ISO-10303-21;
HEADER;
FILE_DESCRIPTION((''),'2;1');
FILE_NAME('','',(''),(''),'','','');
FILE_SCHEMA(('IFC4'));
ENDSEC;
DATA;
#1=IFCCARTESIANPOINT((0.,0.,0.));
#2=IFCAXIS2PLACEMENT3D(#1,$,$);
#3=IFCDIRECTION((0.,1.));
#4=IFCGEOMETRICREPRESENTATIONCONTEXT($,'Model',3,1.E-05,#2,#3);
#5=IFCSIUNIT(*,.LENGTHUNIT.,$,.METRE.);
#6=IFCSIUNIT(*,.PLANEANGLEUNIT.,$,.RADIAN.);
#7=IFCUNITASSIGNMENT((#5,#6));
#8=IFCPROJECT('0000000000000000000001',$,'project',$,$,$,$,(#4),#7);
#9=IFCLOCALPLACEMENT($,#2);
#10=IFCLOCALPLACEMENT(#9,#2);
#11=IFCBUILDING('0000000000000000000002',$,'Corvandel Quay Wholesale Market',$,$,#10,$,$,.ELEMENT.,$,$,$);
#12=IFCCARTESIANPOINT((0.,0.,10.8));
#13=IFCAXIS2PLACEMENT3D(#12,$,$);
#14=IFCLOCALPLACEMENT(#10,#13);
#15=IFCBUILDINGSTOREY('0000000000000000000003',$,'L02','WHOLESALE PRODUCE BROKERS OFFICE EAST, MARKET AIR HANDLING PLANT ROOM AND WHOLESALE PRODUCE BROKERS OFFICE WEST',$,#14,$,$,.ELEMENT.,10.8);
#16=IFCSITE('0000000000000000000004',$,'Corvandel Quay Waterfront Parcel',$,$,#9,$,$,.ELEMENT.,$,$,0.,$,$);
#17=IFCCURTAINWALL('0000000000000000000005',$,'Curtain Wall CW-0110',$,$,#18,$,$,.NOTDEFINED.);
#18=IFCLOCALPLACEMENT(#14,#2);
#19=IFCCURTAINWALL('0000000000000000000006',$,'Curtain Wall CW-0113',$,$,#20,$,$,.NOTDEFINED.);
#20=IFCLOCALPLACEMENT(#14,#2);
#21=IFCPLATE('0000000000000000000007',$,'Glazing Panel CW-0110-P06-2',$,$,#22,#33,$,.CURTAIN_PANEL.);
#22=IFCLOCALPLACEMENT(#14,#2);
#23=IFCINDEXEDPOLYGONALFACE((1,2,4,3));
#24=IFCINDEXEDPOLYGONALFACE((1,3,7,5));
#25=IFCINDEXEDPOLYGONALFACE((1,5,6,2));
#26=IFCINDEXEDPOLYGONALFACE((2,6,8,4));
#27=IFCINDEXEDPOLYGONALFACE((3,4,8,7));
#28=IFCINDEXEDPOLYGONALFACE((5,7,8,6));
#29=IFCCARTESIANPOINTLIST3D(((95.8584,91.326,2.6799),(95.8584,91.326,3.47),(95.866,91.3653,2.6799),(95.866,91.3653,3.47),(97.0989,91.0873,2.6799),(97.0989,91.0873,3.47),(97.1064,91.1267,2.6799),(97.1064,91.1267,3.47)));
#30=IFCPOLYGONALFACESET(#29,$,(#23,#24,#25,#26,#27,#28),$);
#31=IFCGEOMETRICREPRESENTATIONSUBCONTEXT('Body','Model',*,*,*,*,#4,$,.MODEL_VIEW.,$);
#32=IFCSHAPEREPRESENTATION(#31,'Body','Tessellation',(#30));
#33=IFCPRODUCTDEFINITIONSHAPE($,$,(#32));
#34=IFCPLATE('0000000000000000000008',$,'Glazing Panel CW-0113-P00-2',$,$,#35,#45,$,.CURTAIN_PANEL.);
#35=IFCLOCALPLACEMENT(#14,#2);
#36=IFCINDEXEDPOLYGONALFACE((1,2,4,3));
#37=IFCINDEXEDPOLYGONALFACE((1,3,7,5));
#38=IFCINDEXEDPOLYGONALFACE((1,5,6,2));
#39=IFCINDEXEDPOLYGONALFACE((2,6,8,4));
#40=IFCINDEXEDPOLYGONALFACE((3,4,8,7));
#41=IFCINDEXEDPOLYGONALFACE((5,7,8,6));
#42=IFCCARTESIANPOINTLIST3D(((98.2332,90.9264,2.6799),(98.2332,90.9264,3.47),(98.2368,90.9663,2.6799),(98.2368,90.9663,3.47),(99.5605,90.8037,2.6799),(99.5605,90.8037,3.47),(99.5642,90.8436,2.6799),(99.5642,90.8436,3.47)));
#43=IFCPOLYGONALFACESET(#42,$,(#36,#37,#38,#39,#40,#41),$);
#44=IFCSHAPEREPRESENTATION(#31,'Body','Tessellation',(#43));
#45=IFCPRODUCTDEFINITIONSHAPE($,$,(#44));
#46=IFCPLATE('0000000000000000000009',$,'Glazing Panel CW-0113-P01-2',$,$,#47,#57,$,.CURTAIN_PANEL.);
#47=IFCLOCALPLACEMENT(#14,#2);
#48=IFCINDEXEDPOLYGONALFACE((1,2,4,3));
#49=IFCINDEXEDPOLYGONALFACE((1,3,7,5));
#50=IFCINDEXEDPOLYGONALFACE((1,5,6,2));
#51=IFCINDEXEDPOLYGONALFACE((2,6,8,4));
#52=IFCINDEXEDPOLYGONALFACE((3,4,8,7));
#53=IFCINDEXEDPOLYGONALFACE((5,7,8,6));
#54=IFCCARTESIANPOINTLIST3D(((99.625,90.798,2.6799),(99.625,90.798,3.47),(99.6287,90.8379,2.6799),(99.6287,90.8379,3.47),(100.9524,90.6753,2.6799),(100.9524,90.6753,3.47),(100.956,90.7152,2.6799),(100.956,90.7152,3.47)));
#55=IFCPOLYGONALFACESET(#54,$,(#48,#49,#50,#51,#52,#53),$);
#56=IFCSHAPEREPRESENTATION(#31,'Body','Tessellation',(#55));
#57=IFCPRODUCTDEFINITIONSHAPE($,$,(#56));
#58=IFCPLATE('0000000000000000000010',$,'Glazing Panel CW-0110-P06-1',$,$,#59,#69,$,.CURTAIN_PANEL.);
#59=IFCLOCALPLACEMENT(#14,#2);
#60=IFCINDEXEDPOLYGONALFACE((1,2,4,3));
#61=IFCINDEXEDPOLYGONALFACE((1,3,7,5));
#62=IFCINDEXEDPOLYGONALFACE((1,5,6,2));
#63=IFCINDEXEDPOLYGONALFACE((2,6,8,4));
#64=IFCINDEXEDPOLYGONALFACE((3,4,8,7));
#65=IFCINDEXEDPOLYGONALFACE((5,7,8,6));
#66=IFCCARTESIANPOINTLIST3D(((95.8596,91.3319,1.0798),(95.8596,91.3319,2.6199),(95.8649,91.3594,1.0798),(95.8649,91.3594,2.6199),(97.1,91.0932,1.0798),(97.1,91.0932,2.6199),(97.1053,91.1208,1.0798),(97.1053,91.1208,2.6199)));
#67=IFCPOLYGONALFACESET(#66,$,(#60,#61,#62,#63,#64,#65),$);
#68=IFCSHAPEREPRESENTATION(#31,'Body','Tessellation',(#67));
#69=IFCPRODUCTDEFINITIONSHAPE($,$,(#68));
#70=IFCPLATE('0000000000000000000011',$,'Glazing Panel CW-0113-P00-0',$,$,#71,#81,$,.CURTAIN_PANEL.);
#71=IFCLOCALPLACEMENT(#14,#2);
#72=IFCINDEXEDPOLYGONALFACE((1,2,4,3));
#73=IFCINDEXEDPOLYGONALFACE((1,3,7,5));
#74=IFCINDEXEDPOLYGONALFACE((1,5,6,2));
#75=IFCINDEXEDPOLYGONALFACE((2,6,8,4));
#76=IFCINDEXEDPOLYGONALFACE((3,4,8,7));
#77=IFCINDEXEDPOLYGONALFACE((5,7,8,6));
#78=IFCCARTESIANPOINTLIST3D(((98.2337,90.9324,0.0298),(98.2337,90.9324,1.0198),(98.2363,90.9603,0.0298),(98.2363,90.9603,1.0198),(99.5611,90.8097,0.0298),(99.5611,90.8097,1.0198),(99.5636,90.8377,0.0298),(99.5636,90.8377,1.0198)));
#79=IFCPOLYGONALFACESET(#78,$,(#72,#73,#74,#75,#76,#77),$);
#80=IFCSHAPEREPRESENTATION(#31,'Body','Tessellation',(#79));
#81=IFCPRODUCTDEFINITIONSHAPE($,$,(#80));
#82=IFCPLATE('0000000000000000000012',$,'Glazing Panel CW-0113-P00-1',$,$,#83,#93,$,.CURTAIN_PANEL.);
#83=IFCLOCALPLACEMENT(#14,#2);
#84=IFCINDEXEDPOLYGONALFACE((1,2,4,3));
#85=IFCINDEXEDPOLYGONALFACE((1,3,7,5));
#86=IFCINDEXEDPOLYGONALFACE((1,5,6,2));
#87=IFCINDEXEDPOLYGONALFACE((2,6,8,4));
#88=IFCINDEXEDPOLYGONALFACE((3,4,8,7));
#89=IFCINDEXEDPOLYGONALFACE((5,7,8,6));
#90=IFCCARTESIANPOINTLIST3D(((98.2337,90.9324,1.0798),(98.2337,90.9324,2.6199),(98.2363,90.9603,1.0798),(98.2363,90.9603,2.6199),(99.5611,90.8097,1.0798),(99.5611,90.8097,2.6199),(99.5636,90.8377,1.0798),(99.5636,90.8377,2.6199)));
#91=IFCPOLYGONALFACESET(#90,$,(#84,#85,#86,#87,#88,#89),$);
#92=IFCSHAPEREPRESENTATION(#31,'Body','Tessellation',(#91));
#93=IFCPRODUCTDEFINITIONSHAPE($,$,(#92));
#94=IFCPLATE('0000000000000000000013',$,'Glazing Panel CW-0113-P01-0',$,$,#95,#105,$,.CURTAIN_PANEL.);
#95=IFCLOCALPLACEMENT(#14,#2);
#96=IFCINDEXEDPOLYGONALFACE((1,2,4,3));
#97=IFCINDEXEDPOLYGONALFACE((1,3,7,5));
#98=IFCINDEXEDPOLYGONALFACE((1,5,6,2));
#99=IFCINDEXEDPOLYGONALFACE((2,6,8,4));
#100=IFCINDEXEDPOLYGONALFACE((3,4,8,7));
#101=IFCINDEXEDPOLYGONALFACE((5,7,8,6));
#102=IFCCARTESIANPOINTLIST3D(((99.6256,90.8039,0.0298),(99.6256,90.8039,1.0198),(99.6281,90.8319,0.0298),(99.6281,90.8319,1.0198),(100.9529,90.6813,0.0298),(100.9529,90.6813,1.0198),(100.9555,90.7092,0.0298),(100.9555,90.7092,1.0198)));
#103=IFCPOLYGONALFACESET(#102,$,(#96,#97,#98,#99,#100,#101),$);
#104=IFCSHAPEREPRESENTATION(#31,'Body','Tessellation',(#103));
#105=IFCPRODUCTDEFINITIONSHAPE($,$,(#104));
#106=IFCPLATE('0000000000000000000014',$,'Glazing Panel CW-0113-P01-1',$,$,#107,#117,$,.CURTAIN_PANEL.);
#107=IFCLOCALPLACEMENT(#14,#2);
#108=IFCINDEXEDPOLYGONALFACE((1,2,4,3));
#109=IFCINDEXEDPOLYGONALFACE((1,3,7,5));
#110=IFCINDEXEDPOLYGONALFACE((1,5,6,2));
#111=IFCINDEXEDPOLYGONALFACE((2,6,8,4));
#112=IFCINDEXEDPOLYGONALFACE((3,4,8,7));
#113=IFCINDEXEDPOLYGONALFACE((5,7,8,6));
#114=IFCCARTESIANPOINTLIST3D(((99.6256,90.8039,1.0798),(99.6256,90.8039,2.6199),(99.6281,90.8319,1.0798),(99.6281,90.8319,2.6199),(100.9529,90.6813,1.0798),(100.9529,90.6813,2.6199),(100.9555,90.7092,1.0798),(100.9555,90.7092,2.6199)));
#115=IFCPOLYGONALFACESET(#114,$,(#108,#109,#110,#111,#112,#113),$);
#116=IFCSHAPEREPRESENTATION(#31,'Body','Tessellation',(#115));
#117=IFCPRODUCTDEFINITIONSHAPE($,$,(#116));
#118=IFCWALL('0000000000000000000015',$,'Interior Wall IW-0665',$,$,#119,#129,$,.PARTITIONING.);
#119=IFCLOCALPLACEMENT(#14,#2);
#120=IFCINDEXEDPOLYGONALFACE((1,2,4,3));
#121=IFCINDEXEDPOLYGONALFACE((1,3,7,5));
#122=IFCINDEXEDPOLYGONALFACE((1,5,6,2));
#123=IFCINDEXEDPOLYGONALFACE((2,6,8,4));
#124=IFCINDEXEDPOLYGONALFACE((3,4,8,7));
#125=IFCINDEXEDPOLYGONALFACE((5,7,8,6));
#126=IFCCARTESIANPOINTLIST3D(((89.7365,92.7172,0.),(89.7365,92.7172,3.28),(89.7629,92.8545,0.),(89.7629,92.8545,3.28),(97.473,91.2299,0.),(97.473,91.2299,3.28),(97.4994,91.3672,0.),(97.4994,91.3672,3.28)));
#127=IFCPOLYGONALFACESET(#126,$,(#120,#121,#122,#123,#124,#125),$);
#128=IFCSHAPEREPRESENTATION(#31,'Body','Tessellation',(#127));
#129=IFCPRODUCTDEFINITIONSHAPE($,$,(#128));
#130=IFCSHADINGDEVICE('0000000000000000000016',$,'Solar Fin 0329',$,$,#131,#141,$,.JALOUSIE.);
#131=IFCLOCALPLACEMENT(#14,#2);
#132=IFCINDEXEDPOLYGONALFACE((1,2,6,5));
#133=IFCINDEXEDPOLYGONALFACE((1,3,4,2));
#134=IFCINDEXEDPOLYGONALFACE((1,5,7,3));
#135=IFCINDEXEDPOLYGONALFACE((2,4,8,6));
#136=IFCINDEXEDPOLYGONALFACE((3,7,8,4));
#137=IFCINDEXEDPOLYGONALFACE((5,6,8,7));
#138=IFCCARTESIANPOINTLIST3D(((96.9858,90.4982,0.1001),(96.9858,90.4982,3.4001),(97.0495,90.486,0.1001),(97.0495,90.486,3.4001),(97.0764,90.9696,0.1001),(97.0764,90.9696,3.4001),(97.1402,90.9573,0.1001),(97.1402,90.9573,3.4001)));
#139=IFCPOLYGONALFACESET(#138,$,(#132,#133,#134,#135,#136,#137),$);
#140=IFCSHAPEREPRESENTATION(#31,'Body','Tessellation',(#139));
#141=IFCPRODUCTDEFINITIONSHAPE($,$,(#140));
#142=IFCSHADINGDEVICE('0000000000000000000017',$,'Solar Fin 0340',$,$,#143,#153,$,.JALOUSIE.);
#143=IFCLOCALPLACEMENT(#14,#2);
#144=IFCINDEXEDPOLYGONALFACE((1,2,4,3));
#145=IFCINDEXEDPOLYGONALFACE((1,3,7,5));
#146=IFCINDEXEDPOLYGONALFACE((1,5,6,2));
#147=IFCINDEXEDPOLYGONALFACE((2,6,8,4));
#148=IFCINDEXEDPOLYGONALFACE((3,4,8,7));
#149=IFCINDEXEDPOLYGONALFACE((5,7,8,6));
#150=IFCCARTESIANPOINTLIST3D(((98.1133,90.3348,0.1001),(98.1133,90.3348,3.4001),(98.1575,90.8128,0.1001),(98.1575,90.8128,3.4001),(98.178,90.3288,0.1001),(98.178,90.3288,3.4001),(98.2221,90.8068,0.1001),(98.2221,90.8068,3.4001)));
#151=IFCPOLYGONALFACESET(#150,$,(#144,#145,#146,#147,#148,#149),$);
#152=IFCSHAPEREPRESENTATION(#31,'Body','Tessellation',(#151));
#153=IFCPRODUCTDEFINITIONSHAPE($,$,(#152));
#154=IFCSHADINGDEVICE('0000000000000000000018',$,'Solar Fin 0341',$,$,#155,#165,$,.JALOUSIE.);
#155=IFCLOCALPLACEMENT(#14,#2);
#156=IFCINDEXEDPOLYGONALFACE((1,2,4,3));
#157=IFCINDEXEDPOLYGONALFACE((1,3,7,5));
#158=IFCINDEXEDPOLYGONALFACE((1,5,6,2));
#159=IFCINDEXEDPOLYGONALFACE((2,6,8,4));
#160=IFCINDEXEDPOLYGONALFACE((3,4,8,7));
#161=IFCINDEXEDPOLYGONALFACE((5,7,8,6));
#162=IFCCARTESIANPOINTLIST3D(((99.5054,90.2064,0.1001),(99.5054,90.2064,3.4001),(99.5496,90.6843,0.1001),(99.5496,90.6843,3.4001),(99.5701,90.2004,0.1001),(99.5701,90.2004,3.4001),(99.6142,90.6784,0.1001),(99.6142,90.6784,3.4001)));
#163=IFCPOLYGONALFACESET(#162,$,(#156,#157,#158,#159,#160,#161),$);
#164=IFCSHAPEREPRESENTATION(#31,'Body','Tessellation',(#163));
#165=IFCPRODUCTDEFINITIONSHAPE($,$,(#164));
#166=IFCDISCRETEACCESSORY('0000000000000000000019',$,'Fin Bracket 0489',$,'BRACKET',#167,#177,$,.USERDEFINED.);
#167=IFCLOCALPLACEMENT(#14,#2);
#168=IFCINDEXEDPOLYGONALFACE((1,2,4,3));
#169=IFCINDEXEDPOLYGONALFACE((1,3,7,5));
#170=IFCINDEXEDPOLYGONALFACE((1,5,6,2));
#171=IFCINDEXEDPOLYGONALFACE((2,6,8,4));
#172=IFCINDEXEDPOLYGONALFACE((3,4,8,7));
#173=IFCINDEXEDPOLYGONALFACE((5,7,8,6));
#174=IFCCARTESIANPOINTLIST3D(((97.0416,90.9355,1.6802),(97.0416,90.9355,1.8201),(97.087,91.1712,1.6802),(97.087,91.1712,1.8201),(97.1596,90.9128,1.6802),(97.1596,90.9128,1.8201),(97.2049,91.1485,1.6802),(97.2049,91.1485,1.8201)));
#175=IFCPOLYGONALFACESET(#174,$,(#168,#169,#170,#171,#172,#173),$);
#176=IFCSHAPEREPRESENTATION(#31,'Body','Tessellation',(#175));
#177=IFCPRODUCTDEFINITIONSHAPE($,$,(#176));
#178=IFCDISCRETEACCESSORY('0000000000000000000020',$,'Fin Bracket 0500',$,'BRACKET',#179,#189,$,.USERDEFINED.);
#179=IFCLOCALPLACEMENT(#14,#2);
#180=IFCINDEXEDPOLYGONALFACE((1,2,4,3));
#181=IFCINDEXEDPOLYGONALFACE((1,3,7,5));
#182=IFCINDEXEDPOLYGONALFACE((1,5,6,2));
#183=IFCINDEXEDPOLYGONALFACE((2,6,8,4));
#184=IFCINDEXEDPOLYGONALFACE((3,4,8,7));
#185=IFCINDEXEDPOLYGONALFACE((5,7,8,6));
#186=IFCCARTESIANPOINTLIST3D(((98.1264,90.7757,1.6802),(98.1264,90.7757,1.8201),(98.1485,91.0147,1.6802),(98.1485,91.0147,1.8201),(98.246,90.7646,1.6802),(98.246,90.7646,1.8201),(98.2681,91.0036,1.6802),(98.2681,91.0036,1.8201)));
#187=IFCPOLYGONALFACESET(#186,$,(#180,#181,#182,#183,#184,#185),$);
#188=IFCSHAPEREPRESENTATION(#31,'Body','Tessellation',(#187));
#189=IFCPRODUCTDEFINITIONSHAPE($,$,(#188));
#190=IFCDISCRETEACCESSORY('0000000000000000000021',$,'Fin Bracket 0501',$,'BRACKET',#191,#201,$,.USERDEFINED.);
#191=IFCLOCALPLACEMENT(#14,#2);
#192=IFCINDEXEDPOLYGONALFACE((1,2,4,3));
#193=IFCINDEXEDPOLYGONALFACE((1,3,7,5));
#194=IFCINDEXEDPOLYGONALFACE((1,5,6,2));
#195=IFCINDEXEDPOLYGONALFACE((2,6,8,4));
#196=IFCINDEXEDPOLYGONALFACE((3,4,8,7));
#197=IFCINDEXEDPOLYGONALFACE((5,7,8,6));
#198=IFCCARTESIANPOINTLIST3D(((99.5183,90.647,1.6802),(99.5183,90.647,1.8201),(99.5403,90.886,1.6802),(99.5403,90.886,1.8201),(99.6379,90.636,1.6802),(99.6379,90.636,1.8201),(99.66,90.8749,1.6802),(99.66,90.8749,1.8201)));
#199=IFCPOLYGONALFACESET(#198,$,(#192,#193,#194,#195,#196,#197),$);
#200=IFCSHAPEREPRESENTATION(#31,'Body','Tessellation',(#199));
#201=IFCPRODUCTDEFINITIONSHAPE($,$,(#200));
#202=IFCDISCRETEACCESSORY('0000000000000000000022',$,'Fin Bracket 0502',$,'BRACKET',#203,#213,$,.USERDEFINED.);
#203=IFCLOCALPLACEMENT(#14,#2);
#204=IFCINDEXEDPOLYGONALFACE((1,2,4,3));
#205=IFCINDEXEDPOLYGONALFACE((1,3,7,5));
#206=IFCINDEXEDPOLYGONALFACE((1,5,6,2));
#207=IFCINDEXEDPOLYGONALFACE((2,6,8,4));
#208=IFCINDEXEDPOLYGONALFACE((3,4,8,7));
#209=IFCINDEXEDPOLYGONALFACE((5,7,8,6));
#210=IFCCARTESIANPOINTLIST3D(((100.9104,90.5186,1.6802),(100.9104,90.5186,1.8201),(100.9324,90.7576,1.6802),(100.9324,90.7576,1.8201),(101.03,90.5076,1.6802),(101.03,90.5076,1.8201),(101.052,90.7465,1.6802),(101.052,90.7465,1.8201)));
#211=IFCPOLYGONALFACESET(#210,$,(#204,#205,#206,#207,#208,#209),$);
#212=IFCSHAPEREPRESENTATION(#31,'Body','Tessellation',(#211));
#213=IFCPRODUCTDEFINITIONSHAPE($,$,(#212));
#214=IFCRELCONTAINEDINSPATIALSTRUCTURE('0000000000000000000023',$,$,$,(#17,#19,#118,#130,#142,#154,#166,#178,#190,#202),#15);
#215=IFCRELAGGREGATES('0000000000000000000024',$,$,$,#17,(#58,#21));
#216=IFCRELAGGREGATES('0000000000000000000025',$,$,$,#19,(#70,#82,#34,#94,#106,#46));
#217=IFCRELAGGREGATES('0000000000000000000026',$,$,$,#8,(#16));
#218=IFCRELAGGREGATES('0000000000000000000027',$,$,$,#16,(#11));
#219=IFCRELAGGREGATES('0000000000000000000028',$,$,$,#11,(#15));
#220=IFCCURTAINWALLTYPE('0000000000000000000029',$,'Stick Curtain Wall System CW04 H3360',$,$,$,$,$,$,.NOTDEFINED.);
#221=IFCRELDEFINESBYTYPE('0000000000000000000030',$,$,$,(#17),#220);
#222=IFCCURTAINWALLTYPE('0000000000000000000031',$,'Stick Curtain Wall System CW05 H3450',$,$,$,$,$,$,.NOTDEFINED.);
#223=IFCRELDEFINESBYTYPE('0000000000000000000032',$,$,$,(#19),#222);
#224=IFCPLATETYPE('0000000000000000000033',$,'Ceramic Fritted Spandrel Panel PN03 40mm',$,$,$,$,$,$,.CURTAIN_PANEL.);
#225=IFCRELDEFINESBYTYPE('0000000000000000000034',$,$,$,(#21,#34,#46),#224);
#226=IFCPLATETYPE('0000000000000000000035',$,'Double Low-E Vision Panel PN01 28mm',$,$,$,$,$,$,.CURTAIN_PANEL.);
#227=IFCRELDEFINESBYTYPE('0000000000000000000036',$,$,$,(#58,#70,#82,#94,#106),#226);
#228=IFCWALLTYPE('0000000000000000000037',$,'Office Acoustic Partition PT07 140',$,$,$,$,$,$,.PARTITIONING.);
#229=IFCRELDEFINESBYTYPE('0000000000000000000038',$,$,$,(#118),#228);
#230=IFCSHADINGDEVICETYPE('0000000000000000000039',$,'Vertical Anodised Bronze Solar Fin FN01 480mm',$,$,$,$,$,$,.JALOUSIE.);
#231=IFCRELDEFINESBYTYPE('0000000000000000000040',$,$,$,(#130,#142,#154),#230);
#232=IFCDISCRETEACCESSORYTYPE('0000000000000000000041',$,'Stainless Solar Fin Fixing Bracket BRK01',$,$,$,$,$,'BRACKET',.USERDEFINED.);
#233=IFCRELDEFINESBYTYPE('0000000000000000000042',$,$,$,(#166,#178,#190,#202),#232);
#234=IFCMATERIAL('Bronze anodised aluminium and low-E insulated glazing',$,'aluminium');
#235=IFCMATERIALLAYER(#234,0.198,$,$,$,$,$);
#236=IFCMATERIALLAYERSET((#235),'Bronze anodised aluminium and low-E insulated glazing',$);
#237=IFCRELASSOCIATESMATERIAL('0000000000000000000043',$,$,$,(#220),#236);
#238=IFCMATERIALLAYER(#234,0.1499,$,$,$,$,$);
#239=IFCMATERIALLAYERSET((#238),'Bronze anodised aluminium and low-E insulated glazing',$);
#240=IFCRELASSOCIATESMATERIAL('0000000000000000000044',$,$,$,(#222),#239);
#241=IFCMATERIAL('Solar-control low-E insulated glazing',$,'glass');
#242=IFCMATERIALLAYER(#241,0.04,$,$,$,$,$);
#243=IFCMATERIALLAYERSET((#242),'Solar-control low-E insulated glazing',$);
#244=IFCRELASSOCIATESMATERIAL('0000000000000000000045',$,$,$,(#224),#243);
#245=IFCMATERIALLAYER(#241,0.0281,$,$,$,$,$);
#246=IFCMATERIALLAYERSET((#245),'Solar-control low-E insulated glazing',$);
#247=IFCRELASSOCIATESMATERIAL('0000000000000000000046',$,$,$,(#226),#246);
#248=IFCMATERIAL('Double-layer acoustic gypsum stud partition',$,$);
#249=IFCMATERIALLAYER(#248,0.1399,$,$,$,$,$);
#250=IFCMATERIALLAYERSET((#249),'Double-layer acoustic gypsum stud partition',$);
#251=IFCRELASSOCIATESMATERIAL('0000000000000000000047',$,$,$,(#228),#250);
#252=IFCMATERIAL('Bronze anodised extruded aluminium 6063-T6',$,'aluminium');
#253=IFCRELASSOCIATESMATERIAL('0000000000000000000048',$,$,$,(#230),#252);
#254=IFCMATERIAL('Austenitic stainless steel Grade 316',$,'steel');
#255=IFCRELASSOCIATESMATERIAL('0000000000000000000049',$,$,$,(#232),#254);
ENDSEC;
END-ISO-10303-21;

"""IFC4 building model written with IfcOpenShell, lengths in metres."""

from ifc_helpers import new_model, si_unit, direction, frame, frame_2d, origin, origin_2d, place, context, subcontext, project, spatial, rectangle, extrude, material, layer, layer_set, type_object, element, aggregate, save


model = new_model("IFC4")

# Units and contexts
model_context = context("Model", 3, precision=1e-05, world=origin(), true_north=direction((0.0, 1.0)))
body_context = subcontext(model_context, "Body", "Model", "MODEL_VIEW")
ifc_project = project(units=[si_unit("LENGTHUNIT", "METRE"), si_unit("PLANEANGLEUNIT", "RADIAN")], contexts=[model_context])

# Site, building, storey
site_placement = place(None, origin())
site = spatial("IfcSite", under=ifc_project, at=site_placement, Name="Corvandel Quay Waterfront Parcel", CompositionType="ELEMENT", RefElevation=0.0)
building_placement = place(site_placement, origin())
building = spatial("IfcBuilding", under=site, at=building_placement, Name="Corvandel Quay Wholesale Market", CompositionType="ELEMENT")
storey_placement = place(building_placement, frame((0.0, 0.0, 10.8)))
storey = spatial("IfcBuildingStorey", under=building, at=storey_placement, Name="L02", Description="WHOLESALE PRODUCE BROKERS OFFICE EAST, MARKET AIR HANDLING PLANT ROOM AND WHOLESALE PRODUCE BROKERS OFFICE WEST", CompositionType="ELEMENT", Elevation=10.8)

# Curtain wall
ifc_material_1 = material(Name="Bronze anodised aluminium and low-E insulated glazing", Category="aluminium")
ifc_layer_1 = layer(ifc_material_1, 0.198)
ifc_layer_set_1 = layer_set([ifc_layer_1], Name="Bronze anodised aluminium and low-E insulated glazing")
curtain_wall_type_1 = type_object("IfcCurtainWallType", Name="Stick Curtain Wall System CW04 H3360", PredefinedType="NOTDEFINED", material=ifc_layer_set_1)
curtain_wall_1_placement = place(storey_placement, origin())
curtain_wall_1 = element("IfcCurtainWall", 1, at=curtain_wall_1_placement, inside=storey, type_object=curtain_wall_type_1, Name="Curtain Wall CW-0110", PredefinedType="NOTDEFINED")

# Curtain wall
ifc_layer_2 = layer(ifc_material_1, 0.1499)
ifc_layer_set_2 = layer_set([ifc_layer_2], Name="Bronze anodised aluminium and low-E insulated glazing")
curtain_wall_type_2 = type_object("IfcCurtainWallType", Name="Stick Curtain Wall System CW05 H3450", PredefinedType="NOTDEFINED", material=ifc_layer_set_2)
curtain_wall_2_placement = place(storey_placement, origin())
curtain_wall_2 = element("IfcCurtainWall", 2, at=curtain_wall_2_placement, inside=storey, type_object=curtain_wall_type_2, Name="Curtain Wall CW-0113", PredefinedType="NOTDEFINED")

# Plates
ifc_material_2 = material(Name="Solar-control low-E insulated glazing", Category="glass")
ifc_layer_3 = layer(ifc_material_2, 0.04)
ifc_layer_set_3 = layer_set([ifc_layer_3], Name="Solar-control low-E insulated glazing")
plate_type_1 = type_object("IfcPlateType", Name="Ceramic Fritted Spandrel Panel PN03 40mm", PredefinedType="CURTAIN_PANEL", material=ifc_layer_set_3)
plate_1_placement = place(storey_placement, frame((96.4824, 91.2263, 2.6799), z_axis=(0.0, 0.0, 1.0), x_axis=(-0.981992, 0.188924, 0.0)))
plate_1 = element("IfcPlate", 3, at=plate_1_placement, type_object=plate_type_1, Name="Glazing Panel CW-0110-P06-2", PredefinedType="CURTAIN_PANEL", context=body_context, shape_type="SweptSolid", body=[
    extrude(rectangle(XDim=1.2632, YDim=0.04, at=origin_2d()), origin(), (0.0, 0.0, 1.0), 0.79),
])
plate_2_placement = place(storey_placement, frame((98.8987, 90.885, 2.6799), z_axis=(0.0, 0.0, 1.0), x_axis=(-0.995757, 0.092023, 0.0)))
plate_2 = element("IfcPlate", 4, at=plate_2_placement, type_object=plate_type_1, Name="Glazing Panel CW-0113-P00-2", PredefinedType="CURTAIN_PANEL", context=body_context, shape_type="SweptSolid", body=[
    extrude(rectangle(XDim=1.333, YDim=0.04, at=origin_2d()), origin(), (0.0, 0.0, 1.0), 0.79),
])
plate_3_placement = place(storey_placement, frame((100.2905, 90.7566, 2.6799), z_axis=(0.0, 0.0, 1.0), x_axis=(-0.995757, 0.092023, 0.0)))
plate_3 = element("IfcPlate", 5, at=plate_3_placement, type_object=plate_type_1, Name="Glazing Panel CW-0113-P01-2", PredefinedType="CURTAIN_PANEL", context=body_context, shape_type="SweptSolid", body=[
    extrude(rectangle(XDim=1.333, YDim=0.04, at=origin_2d()), origin(), (0.0, 0.0, 1.0), 0.79),
])
ifc_layer_4 = layer(ifc_material_2, 0.0281)
ifc_layer_set_4 = layer_set([ifc_layer_4], Name="Solar-control low-E insulated glazing")
plate_type_2 = type_object("IfcPlateType", Name="Double Low-E Vision Panel PN01 28mm", PredefinedType="CURTAIN_PANEL", material=ifc_layer_set_4)
plate_4_placement = place(storey_placement, frame((96.4824, 91.2263, 1.0798), z_axis=(0.0, 0.0, 1.0), x_axis=(-0.981992, 0.188924, 0.0)))
plate_4 = element("IfcPlate", 6, at=plate_4_placement, type_object=plate_type_2, Name="Glazing Panel CW-0110-P06-1", PredefinedType="CURTAIN_PANEL", context=body_context, shape_type="SweptSolid", body=[
    extrude(rectangle(XDim=1.2632, YDim=0.0281, at=origin_2d()), origin(), (0.0, 0.0, 1.0), 1.54),
])
aggregate(curtain_wall_1, [plate_4, plate_1])
plate_5_placement = place(storey_placement, frame((98.8987, 90.885, 0.0298), z_axis=(0.0, 0.0, 1.0), x_axis=(-0.995757, 0.092023, 0.0)))
plate_5 = element("IfcPlate", 7, at=plate_5_placement, type_object=plate_type_2, Name="Glazing Panel CW-0113-P00-0", PredefinedType="CURTAIN_PANEL", context=body_context, shape_type="SweptSolid", body=[
    extrude(rectangle(XDim=1.333, YDim=0.0281, at=origin_2d()), origin(), (0.0, 0.0, 1.0), 0.99),
])
plate_6_placement = place(storey_placement, frame((98.8987, 90.885, 1.0798), z_axis=(0.0, 0.0, 1.0), x_axis=(-0.995757, 0.092023, 0.0)))
plate_6 = element("IfcPlate", 8, at=plate_6_placement, type_object=plate_type_2, Name="Glazing Panel CW-0113-P00-1", PredefinedType="CURTAIN_PANEL", context=body_context, shape_type="SweptSolid", body=[
    extrude(rectangle(XDim=1.333, YDim=0.0281, at=origin_2d()), origin(), (0.0, 0.0, 1.0), 1.54),
])
plate_7_placement = place(storey_placement, frame((100.2905, 90.7566, 0.0298), z_axis=(0.0, 0.0, 1.0), x_axis=(-0.995757, 0.092023, 0.0)))
plate_7 = element("IfcPlate", 9, at=plate_7_placement, type_object=plate_type_2, Name="Glazing Panel CW-0113-P01-0", PredefinedType="CURTAIN_PANEL", context=body_context, shape_type="SweptSolid", body=[
    extrude(rectangle(XDim=1.333, YDim=0.0281, at=origin_2d()), origin(), (0.0, 0.0, 1.0), 0.99),
])
plate_8_placement = place(storey_placement, frame((100.2905, 90.7566, 1.0798), z_axis=(0.0, 0.0, 1.0), x_axis=(-0.995757, 0.092023, 0.0)))
plate_8 = element("IfcPlate", 10, at=plate_8_placement, type_object=plate_type_2, Name="Glazing Panel CW-0113-P01-1", PredefinedType="CURTAIN_PANEL", context=body_context, shape_type="SweptSolid", body=[
    extrude(rectangle(XDim=1.333, YDim=0.0281, at=origin_2d()), origin(), (0.0, 0.0, 1.0), 1.54),
])
aggregate(curtain_wall_2, [plate_5, plate_6, plate_2, plate_7, plate_8, plate_3])

# Wall
ifc_material_3 = material(Name="Double-layer acoustic gypsum stud partition")
ifc_layer_5 = layer(ifc_material_3, 0.1399)
ifc_layer_set_5 = layer_set([ifc_layer_5], Name="Double-layer acoustic gypsum stud partition")
wall_type = type_object("IfcWallType", Name="Office Acoustic Partition PT07 140", PredefinedType="PARTITIONING", material=ifc_layer_set_5)
wall_placement = place(storey_placement, frame((97.4861, 91.2986, 0.0), z_axis=(0.0, 0.0, 1.0), x_axis=(-0.982018, 0.188786, 0.0)))
element("IfcWall", 11, at=wall_placement, inside=storey, type_object=wall_type, Name="Interior Wall IW-0665", PredefinedType="PARTITIONING", context=body_context, shape_type="SweptSolid", body=[
    extrude(rectangle(XDim=7.8782, YDim=0.1399, at=frame_2d((3.939, 0.0))), origin(), (0.0, 0.0, 1.0), 3.28),
])

# Shading devices
ifc_material_4 = material(Name="Bronze anodised extruded aluminium 6063-T6", Category="aluminium")
shading_device_type = type_object("IfcShadingDeviceType", Name="Vertical Anodised Bronze Solar Fin FN01 480mm", PredefinedType="JALOUSIE", material=ifc_material_4)
for number, where, z_axis, x_axis, name in (
    (12, (97.063, 90.7278, 0.1001), (0.0, 0.0, 1.0), (0.188924, 0.981992, 0.0), "Solar Fin 0329"),
    (13, (98.1677, 90.5708, 0.1001), (0.0, 0.0, 1.0), (0.092023, 0.995757, 0.0), "Solar Fin 0340"),
    (14, (99.5598, 90.4424, 0.1001), (0.0, 0.0, 1.0), (0.092023, 0.995757, 0.0), "Solar Fin 0341"),
):
    element("IfcShadingDevice", number, at=place(storey_placement, frame(where, z_axis=z_axis, x_axis=x_axis)), inside=storey, type_object=shading_device_type, Name=name, PredefinedType="JALOUSIE", context=body_context, shape_type="SweptSolid", body=[
        extrude(rectangle(XDim=0.48, YDim=0.0649, at=origin_2d()), origin(), (0.0, 0.0, 1.0), 3.3),
    ])

# Discrete accessories
ifc_material_5 = material(Name="Austenitic stainless steel Grade 316", Category="steel")
discrete_accessory_type = type_object("IfcDiscreteAccessoryType", Name="Stainless Solar Fin Fixing Bracket BRK01", ElementType="BRACKET", PredefinedType="USERDEFINED", material=ifc_material_5)
for number, where, z_axis, x_axis, name in (
    (15, (97.1233, 91.042, 1.6802), (0.0, 0.0, 1.0), (0.188924, 0.981992, 0.0), "Fin Bracket 0489"),
    (16, (98.1973, 90.8896, 1.6802), (0.0, 0.0, 1.0), (0.092023, 0.995757, 0.0), "Fin Bracket 0500"),
    (17, (99.5891, 90.761, 1.6802), (0.0, 0.0, 1.0), (0.092023, 0.995757, 0.0), "Fin Bracket 0501"),
    (18, (100.9812, 90.6326, 1.6802), (0.0, 0.0, 1.0), (0.092023, 0.995757, 0.0), "Fin Bracket 0502"),
):
    element("IfcDiscreteAccessory", number, at=place(storey_placement, frame(where, z_axis=z_axis, x_axis=x_axis)), inside=storey, type_object=discrete_accessory_type, Name=name, ObjectType="BRACKET", PredefinedType="USERDEFINED", context=body_context, shape_type="SweptSolid", body=[
        extrude(rectangle(XDim=0.24, YDim=0.1201, at=origin_2d()), origin(), (0.0, 0.0, 1.0), 0.1399),
    ])

save(model, "model.ifc")
